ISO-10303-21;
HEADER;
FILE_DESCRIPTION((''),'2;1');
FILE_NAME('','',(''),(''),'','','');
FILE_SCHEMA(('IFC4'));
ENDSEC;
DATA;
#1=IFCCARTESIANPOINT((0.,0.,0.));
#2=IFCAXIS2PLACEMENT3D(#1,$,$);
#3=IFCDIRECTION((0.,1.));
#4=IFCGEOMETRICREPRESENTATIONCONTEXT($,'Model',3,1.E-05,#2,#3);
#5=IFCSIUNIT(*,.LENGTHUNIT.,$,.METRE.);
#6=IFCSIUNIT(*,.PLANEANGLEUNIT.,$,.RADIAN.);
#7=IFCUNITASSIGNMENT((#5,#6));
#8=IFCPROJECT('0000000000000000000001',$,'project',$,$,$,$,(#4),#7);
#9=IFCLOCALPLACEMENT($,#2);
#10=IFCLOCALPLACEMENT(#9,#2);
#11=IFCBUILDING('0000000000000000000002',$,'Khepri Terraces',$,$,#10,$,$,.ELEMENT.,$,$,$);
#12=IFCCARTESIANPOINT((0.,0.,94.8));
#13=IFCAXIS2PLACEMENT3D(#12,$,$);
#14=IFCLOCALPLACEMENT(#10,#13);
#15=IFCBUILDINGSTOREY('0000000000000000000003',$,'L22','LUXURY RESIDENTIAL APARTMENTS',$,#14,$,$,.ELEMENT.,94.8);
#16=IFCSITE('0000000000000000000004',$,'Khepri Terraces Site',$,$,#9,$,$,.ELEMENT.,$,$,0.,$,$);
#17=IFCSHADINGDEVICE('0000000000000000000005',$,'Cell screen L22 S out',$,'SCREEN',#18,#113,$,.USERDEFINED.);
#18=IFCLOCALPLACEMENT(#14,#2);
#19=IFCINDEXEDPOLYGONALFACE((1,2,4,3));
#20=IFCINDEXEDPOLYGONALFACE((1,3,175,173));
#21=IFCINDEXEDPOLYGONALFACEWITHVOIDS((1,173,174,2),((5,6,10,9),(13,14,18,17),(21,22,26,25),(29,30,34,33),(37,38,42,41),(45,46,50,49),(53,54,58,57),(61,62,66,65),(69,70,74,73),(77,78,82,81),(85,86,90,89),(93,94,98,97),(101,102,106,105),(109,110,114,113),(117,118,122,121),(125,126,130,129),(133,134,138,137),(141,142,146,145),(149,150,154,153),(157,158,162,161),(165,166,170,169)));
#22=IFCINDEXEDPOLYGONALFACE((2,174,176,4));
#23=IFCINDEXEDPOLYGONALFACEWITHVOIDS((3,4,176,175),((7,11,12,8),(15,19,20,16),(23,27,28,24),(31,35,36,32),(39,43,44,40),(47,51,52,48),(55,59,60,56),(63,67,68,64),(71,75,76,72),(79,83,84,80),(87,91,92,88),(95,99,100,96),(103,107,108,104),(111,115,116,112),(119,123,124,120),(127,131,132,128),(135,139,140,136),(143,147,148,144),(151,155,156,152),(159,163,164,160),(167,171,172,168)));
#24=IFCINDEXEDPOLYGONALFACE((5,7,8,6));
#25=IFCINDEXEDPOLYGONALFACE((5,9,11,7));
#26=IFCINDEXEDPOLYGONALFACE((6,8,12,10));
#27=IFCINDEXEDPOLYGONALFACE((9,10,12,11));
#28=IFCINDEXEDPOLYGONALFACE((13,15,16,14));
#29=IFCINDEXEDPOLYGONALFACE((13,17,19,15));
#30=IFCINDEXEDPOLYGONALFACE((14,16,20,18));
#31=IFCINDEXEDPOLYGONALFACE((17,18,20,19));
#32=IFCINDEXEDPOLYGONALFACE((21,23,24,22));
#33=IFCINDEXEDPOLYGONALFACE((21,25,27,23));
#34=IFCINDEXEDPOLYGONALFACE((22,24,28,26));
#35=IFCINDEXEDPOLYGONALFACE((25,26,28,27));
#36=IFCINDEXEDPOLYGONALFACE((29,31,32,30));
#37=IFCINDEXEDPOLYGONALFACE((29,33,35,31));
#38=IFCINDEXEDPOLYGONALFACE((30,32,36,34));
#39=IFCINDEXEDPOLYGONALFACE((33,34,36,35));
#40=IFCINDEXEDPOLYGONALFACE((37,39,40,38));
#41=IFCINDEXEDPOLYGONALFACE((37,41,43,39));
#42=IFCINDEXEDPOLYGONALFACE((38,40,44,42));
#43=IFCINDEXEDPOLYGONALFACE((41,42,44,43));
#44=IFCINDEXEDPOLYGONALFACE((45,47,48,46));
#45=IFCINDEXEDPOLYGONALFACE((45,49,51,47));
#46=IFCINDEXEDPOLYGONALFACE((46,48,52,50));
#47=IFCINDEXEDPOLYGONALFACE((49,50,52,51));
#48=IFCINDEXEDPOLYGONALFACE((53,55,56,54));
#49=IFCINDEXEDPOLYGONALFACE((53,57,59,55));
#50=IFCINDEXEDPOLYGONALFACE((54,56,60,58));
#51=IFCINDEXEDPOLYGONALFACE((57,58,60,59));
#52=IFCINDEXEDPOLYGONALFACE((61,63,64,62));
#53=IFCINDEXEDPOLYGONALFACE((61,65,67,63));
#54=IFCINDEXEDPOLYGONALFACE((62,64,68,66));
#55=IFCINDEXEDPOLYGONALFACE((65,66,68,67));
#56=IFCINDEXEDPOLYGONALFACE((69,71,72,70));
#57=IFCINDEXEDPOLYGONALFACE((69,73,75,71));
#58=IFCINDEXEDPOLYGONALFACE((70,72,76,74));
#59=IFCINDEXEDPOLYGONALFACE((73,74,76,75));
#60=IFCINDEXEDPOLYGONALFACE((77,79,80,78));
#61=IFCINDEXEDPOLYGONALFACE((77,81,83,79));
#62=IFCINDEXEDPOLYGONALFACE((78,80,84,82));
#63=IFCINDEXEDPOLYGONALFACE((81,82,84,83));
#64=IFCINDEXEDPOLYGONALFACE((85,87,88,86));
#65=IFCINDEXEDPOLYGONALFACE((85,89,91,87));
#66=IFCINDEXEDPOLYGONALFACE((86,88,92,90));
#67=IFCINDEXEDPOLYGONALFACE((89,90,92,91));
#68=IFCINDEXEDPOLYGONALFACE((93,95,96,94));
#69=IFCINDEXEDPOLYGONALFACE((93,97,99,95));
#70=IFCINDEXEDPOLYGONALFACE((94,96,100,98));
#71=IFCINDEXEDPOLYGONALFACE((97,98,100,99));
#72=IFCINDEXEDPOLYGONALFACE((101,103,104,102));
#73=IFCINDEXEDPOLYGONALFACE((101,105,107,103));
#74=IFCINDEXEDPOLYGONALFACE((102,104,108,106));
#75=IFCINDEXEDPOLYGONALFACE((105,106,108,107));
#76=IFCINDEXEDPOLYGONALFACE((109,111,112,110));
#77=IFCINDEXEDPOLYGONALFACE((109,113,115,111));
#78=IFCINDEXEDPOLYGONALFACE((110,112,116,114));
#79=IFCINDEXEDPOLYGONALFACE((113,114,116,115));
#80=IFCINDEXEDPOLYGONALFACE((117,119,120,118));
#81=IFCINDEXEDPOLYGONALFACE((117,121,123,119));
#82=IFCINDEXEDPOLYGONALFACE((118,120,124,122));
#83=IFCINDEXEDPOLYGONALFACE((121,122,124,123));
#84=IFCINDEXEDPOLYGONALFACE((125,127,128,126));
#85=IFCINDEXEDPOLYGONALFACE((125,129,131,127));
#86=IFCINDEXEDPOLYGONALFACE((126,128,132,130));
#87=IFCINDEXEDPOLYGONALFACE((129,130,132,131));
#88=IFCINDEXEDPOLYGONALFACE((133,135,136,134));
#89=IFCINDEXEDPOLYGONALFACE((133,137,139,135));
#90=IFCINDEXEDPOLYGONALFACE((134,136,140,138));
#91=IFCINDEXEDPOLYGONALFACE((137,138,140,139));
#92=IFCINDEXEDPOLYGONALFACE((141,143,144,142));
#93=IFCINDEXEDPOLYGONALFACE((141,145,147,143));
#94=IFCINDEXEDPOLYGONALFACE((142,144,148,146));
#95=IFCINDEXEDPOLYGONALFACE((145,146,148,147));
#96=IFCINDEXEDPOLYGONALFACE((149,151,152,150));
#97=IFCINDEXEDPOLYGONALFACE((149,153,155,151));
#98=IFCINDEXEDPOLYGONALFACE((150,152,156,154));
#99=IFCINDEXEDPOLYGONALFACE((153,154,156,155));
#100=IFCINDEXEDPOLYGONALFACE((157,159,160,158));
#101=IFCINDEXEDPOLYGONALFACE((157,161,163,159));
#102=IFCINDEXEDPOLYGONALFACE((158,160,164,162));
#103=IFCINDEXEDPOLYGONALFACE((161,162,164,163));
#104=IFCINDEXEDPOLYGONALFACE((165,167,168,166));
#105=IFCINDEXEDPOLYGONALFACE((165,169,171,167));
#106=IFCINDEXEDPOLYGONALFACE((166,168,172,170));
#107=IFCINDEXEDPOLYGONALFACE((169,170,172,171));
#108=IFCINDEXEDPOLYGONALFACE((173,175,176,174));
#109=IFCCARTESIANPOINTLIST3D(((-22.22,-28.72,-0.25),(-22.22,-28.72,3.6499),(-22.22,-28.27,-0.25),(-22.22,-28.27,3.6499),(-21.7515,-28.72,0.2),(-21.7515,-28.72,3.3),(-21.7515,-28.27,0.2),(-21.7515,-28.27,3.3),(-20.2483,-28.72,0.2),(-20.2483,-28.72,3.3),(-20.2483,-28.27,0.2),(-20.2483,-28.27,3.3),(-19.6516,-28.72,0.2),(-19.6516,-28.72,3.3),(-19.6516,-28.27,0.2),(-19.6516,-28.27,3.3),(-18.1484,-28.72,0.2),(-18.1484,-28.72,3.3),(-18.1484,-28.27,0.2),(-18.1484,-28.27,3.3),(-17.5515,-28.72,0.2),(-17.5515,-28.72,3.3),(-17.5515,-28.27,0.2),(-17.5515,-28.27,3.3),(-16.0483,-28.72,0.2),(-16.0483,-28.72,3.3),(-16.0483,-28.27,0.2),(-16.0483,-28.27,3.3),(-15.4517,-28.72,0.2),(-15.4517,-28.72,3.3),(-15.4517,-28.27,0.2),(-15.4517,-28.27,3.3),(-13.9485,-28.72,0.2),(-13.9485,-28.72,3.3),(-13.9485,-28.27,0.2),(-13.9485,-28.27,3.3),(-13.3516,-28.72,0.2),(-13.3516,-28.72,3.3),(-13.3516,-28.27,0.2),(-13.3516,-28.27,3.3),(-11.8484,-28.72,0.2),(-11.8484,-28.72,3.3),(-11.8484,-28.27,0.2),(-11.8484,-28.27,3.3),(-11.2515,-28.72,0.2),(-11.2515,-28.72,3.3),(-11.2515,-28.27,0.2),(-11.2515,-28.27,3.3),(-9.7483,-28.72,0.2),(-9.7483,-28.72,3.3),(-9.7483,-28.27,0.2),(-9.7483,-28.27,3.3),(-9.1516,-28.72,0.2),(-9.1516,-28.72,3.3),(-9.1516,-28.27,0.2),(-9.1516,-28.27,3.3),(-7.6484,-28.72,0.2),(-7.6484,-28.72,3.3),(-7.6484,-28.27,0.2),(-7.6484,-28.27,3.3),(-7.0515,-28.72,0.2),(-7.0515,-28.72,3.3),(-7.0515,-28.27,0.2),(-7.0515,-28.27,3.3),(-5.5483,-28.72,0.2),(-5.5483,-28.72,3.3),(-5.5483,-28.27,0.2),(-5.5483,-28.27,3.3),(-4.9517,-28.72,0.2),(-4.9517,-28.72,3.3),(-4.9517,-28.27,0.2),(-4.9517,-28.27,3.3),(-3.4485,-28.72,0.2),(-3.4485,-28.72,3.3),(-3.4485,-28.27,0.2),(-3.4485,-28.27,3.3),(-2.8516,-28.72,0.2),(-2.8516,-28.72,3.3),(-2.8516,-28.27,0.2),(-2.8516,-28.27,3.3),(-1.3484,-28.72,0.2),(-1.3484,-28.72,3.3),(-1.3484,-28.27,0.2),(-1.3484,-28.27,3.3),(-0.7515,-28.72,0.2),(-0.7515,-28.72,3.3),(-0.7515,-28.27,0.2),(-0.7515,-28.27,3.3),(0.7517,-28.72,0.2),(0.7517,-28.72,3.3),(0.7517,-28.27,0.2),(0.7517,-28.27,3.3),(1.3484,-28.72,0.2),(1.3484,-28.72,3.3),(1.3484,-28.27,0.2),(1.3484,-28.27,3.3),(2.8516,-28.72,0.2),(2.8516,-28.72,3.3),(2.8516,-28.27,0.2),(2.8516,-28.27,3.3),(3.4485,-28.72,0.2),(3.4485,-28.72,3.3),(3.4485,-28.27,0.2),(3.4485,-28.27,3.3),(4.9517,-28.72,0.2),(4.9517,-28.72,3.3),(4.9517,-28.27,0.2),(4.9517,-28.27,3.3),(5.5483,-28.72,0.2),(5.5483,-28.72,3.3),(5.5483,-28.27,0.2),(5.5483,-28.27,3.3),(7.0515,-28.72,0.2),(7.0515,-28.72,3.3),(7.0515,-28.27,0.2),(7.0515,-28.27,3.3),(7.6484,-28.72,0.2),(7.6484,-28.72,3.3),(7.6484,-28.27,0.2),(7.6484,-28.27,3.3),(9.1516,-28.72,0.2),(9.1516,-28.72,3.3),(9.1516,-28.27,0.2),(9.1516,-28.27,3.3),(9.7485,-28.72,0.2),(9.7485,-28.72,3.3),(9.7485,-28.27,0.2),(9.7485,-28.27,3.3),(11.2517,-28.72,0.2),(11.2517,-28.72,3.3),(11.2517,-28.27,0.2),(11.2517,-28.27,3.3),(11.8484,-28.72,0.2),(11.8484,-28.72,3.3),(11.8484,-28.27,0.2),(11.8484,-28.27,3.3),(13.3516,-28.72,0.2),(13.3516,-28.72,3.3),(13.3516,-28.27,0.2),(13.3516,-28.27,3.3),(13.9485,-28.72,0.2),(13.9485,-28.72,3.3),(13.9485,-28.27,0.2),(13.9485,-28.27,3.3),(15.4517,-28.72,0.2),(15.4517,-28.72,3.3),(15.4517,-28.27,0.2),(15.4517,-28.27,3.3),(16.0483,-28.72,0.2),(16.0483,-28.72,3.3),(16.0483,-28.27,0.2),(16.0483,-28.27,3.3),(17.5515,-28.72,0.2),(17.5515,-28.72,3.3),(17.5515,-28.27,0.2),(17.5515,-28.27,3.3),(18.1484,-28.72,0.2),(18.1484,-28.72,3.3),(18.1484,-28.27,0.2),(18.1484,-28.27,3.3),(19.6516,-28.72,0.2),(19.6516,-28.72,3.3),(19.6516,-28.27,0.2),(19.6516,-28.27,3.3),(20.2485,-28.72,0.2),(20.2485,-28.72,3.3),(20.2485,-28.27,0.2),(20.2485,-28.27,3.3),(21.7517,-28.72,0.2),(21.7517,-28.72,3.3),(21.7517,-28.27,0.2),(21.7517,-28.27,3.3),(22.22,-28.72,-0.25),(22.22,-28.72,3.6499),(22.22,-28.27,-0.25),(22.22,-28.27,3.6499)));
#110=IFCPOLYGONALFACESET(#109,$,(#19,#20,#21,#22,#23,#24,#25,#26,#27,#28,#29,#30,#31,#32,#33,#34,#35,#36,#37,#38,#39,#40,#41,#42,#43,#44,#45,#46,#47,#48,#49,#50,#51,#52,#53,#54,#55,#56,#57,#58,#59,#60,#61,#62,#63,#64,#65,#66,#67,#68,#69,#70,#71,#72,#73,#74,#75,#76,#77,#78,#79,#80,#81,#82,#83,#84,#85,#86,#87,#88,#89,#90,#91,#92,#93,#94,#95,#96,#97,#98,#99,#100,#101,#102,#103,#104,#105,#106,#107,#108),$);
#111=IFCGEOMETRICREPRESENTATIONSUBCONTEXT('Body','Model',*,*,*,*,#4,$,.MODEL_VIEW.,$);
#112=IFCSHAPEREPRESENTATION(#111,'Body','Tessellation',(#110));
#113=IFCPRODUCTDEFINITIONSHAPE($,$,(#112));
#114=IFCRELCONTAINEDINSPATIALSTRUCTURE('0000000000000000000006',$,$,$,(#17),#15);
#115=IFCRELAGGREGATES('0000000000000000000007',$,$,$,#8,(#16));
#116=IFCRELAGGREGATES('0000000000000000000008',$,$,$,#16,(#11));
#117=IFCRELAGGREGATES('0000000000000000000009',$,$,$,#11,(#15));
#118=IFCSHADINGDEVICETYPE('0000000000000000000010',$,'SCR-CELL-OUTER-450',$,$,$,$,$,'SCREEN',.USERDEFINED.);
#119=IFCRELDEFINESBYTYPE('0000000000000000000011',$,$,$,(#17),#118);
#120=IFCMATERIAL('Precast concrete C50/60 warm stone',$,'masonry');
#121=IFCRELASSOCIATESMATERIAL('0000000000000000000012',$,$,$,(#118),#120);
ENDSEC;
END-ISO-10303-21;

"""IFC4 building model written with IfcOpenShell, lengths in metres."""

from ifc_helpers import new_model, si_unit, direction, frame, origin, place, context, subcontext, project, spatial, polyline, outline, extrude, material, type_object, element, save


model = new_model("IFC4")

# Units and contexts
model_context = context("Model", 3, precision=1e-05, world=origin(), true_north=direction((0.0, 1.0)))
body_context = subcontext(model_context, "Body", "Model", "MODEL_VIEW")
ifc_project = project(units=[si_unit("LENGTHUNIT", "METRE"), si_unit("PLANEANGLEUNIT", "RADIAN")], contexts=[model_context])

# Site, building, storey
site_placement = place(None, origin())
site = spatial("IfcSite", under=ifc_project, at=site_placement, Name="Khepri Terraces Site", CompositionType="ELEMENT", RefElevation=0.0)
building_placement = place(site_placement, origin())
building = spatial("IfcBuilding", under=site, at=building_placement, Name="Khepri Terraces", CompositionType="ELEMENT")
storey_placement = place(building_placement, frame((0.0, 0.0, 94.8)))
storey = spatial("IfcBuildingStorey", under=building, at=storey_placement, Name="L22", Description="LUXURY RESIDENTIAL APARTMENTS", CompositionType="ELEMENT", Elevation=94.8)

# Shared definitions
ifc_material_1 = material(Name="Precast concrete C50/60 warm stone", Category="masonry")

# Shading device
shading_device_type_1 = type_object("IfcShadingDeviceType", Name="SCR-CELL-OUTER-450", ElementType="SCREEN", PredefinedType="USERDEFINED", material=ifc_material_1)
shading_device_1_placement = place(storey_placement, frame((-22.22, -28.27, -0.25), z_axis=(0.0, -1.0, 0.0), x_axis=(1.0, 0.0, 0.0)))
element("IfcShadingDevice", 1, at=shading_device_1_placement, inside=storey, type_object=shading_device_type_1, Name="Cell screen L22 S out", ObjectType="SCREEN", PredefinedType="USERDEFINED", context=body_context, shape_type="SweptSolid", body=[
    extrude(outline(polyline([(0.0, 0.0), (44.4399, 0.0), (44.4399, 3.8999), (0.0, 3.8999), (0.0, 0.0)]), holes=[polyline([(0.4685, 0.45), (1.9717, 0.45), (1.9717, 3.55), (0.4685, 3.55), (0.4685, 0.45)]), polyline([(2.5684, 0.45), (4.0715, 0.45), (4.0715, 3.55), (2.5684, 3.55), (2.5684, 0.45)]), polyline([(4.6685, 0.45), (6.1716, 0.45), (6.1716, 3.55), (4.6685, 3.55), (4.6685, 0.45)]), polyline([(6.7683, 0.45), (8.2715, 0.45), (8.2715, 3.55), (6.7683, 3.55), (6.7683, 0.45)]), polyline([(8.8684, 0.45), (10.3716, 0.45), (10.3716, 3.55), (8.8684, 3.55), (8.8684, 0.45)]), polyline([(10.9685, 0.45), (12.4717, 0.45), (12.4717, 3.55), (10.9685, 3.55), (10.9685, 0.45)]), polyline([(13.0684, 0.45), (14.5715, 0.45), (14.5715, 3.55), (13.0684, 3.55), (13.0684, 0.45)]), polyline([(15.1685, 0.45), (16.6716, 0.45), (16.6716, 3.55), (15.1685, 3.55), (15.1685, 0.45)]), polyline([(17.2683, 0.45), (18.7715, 0.45), (18.7715, 3.55), (17.2683, 3.55), (17.2683, 0.45)]), polyline([(19.3684, 0.45), (20.8716, 0.45), (20.8716, 3.55), (19.3684, 3.55), (19.3684, 0.45)]), polyline([(21.4685, 0.45), (22.9717, 0.45), (22.9717, 3.55), (21.4685, 3.55), (21.4685, 0.45)]), polyline([(23.5684, 0.45), (25.0715, 0.45), (25.0715, 3.55), (23.5684, 3.55), (23.5684, 0.45)]), polyline([(25.6685, 0.45), (27.1716, 0.45), (27.1716, 3.55), (25.6685, 3.55), (25.6685, 0.45)]), polyline([(27.7683, 0.45), (29.2715, 0.45), (29.2715, 3.55), (27.7683, 3.55), (27.7683, 0.45)]), polyline([(29.8684, 0.45), (31.3716, 0.45), (31.3716, 3.55), (29.8684, 3.55), (29.8684, 0.45)]), polyline([(31.9685, 0.45), (33.4717, 0.45), (33.4717, 3.55), (31.9685, 3.55), (31.9685, 0.45)]), polyline([(34.0684, 0.45), (35.5715, 0.45), (35.5715, 3.55), (34.0684, 3.55), (34.0684, 0.45)]), polyline([(36.1685, 0.45), (37.6716, 0.45), (37.6716, 3.55), (36.1685, 3.55), (36.1685, 0.45)]), polyline([(38.2683, 0.45), (39.7715, 0.45), (39.7715, 3.55), (38.2683, 3.55), (38.2683, 0.45)]), polyline([(40.3684, 0.45), (41.8716, 0.45), (41.8716, 3.55), (40.3684, 3.55), (40.3684, 0.45)]), polyline([(42.4685, 0.45), (43.9717, 0.45), (43.9717, 3.55), (42.4685, 3.55), (42.4685, 0.45)])]), origin(), (0.0, 0.0, 1.0), 0.45),
])

save(model, "model.ifc")
